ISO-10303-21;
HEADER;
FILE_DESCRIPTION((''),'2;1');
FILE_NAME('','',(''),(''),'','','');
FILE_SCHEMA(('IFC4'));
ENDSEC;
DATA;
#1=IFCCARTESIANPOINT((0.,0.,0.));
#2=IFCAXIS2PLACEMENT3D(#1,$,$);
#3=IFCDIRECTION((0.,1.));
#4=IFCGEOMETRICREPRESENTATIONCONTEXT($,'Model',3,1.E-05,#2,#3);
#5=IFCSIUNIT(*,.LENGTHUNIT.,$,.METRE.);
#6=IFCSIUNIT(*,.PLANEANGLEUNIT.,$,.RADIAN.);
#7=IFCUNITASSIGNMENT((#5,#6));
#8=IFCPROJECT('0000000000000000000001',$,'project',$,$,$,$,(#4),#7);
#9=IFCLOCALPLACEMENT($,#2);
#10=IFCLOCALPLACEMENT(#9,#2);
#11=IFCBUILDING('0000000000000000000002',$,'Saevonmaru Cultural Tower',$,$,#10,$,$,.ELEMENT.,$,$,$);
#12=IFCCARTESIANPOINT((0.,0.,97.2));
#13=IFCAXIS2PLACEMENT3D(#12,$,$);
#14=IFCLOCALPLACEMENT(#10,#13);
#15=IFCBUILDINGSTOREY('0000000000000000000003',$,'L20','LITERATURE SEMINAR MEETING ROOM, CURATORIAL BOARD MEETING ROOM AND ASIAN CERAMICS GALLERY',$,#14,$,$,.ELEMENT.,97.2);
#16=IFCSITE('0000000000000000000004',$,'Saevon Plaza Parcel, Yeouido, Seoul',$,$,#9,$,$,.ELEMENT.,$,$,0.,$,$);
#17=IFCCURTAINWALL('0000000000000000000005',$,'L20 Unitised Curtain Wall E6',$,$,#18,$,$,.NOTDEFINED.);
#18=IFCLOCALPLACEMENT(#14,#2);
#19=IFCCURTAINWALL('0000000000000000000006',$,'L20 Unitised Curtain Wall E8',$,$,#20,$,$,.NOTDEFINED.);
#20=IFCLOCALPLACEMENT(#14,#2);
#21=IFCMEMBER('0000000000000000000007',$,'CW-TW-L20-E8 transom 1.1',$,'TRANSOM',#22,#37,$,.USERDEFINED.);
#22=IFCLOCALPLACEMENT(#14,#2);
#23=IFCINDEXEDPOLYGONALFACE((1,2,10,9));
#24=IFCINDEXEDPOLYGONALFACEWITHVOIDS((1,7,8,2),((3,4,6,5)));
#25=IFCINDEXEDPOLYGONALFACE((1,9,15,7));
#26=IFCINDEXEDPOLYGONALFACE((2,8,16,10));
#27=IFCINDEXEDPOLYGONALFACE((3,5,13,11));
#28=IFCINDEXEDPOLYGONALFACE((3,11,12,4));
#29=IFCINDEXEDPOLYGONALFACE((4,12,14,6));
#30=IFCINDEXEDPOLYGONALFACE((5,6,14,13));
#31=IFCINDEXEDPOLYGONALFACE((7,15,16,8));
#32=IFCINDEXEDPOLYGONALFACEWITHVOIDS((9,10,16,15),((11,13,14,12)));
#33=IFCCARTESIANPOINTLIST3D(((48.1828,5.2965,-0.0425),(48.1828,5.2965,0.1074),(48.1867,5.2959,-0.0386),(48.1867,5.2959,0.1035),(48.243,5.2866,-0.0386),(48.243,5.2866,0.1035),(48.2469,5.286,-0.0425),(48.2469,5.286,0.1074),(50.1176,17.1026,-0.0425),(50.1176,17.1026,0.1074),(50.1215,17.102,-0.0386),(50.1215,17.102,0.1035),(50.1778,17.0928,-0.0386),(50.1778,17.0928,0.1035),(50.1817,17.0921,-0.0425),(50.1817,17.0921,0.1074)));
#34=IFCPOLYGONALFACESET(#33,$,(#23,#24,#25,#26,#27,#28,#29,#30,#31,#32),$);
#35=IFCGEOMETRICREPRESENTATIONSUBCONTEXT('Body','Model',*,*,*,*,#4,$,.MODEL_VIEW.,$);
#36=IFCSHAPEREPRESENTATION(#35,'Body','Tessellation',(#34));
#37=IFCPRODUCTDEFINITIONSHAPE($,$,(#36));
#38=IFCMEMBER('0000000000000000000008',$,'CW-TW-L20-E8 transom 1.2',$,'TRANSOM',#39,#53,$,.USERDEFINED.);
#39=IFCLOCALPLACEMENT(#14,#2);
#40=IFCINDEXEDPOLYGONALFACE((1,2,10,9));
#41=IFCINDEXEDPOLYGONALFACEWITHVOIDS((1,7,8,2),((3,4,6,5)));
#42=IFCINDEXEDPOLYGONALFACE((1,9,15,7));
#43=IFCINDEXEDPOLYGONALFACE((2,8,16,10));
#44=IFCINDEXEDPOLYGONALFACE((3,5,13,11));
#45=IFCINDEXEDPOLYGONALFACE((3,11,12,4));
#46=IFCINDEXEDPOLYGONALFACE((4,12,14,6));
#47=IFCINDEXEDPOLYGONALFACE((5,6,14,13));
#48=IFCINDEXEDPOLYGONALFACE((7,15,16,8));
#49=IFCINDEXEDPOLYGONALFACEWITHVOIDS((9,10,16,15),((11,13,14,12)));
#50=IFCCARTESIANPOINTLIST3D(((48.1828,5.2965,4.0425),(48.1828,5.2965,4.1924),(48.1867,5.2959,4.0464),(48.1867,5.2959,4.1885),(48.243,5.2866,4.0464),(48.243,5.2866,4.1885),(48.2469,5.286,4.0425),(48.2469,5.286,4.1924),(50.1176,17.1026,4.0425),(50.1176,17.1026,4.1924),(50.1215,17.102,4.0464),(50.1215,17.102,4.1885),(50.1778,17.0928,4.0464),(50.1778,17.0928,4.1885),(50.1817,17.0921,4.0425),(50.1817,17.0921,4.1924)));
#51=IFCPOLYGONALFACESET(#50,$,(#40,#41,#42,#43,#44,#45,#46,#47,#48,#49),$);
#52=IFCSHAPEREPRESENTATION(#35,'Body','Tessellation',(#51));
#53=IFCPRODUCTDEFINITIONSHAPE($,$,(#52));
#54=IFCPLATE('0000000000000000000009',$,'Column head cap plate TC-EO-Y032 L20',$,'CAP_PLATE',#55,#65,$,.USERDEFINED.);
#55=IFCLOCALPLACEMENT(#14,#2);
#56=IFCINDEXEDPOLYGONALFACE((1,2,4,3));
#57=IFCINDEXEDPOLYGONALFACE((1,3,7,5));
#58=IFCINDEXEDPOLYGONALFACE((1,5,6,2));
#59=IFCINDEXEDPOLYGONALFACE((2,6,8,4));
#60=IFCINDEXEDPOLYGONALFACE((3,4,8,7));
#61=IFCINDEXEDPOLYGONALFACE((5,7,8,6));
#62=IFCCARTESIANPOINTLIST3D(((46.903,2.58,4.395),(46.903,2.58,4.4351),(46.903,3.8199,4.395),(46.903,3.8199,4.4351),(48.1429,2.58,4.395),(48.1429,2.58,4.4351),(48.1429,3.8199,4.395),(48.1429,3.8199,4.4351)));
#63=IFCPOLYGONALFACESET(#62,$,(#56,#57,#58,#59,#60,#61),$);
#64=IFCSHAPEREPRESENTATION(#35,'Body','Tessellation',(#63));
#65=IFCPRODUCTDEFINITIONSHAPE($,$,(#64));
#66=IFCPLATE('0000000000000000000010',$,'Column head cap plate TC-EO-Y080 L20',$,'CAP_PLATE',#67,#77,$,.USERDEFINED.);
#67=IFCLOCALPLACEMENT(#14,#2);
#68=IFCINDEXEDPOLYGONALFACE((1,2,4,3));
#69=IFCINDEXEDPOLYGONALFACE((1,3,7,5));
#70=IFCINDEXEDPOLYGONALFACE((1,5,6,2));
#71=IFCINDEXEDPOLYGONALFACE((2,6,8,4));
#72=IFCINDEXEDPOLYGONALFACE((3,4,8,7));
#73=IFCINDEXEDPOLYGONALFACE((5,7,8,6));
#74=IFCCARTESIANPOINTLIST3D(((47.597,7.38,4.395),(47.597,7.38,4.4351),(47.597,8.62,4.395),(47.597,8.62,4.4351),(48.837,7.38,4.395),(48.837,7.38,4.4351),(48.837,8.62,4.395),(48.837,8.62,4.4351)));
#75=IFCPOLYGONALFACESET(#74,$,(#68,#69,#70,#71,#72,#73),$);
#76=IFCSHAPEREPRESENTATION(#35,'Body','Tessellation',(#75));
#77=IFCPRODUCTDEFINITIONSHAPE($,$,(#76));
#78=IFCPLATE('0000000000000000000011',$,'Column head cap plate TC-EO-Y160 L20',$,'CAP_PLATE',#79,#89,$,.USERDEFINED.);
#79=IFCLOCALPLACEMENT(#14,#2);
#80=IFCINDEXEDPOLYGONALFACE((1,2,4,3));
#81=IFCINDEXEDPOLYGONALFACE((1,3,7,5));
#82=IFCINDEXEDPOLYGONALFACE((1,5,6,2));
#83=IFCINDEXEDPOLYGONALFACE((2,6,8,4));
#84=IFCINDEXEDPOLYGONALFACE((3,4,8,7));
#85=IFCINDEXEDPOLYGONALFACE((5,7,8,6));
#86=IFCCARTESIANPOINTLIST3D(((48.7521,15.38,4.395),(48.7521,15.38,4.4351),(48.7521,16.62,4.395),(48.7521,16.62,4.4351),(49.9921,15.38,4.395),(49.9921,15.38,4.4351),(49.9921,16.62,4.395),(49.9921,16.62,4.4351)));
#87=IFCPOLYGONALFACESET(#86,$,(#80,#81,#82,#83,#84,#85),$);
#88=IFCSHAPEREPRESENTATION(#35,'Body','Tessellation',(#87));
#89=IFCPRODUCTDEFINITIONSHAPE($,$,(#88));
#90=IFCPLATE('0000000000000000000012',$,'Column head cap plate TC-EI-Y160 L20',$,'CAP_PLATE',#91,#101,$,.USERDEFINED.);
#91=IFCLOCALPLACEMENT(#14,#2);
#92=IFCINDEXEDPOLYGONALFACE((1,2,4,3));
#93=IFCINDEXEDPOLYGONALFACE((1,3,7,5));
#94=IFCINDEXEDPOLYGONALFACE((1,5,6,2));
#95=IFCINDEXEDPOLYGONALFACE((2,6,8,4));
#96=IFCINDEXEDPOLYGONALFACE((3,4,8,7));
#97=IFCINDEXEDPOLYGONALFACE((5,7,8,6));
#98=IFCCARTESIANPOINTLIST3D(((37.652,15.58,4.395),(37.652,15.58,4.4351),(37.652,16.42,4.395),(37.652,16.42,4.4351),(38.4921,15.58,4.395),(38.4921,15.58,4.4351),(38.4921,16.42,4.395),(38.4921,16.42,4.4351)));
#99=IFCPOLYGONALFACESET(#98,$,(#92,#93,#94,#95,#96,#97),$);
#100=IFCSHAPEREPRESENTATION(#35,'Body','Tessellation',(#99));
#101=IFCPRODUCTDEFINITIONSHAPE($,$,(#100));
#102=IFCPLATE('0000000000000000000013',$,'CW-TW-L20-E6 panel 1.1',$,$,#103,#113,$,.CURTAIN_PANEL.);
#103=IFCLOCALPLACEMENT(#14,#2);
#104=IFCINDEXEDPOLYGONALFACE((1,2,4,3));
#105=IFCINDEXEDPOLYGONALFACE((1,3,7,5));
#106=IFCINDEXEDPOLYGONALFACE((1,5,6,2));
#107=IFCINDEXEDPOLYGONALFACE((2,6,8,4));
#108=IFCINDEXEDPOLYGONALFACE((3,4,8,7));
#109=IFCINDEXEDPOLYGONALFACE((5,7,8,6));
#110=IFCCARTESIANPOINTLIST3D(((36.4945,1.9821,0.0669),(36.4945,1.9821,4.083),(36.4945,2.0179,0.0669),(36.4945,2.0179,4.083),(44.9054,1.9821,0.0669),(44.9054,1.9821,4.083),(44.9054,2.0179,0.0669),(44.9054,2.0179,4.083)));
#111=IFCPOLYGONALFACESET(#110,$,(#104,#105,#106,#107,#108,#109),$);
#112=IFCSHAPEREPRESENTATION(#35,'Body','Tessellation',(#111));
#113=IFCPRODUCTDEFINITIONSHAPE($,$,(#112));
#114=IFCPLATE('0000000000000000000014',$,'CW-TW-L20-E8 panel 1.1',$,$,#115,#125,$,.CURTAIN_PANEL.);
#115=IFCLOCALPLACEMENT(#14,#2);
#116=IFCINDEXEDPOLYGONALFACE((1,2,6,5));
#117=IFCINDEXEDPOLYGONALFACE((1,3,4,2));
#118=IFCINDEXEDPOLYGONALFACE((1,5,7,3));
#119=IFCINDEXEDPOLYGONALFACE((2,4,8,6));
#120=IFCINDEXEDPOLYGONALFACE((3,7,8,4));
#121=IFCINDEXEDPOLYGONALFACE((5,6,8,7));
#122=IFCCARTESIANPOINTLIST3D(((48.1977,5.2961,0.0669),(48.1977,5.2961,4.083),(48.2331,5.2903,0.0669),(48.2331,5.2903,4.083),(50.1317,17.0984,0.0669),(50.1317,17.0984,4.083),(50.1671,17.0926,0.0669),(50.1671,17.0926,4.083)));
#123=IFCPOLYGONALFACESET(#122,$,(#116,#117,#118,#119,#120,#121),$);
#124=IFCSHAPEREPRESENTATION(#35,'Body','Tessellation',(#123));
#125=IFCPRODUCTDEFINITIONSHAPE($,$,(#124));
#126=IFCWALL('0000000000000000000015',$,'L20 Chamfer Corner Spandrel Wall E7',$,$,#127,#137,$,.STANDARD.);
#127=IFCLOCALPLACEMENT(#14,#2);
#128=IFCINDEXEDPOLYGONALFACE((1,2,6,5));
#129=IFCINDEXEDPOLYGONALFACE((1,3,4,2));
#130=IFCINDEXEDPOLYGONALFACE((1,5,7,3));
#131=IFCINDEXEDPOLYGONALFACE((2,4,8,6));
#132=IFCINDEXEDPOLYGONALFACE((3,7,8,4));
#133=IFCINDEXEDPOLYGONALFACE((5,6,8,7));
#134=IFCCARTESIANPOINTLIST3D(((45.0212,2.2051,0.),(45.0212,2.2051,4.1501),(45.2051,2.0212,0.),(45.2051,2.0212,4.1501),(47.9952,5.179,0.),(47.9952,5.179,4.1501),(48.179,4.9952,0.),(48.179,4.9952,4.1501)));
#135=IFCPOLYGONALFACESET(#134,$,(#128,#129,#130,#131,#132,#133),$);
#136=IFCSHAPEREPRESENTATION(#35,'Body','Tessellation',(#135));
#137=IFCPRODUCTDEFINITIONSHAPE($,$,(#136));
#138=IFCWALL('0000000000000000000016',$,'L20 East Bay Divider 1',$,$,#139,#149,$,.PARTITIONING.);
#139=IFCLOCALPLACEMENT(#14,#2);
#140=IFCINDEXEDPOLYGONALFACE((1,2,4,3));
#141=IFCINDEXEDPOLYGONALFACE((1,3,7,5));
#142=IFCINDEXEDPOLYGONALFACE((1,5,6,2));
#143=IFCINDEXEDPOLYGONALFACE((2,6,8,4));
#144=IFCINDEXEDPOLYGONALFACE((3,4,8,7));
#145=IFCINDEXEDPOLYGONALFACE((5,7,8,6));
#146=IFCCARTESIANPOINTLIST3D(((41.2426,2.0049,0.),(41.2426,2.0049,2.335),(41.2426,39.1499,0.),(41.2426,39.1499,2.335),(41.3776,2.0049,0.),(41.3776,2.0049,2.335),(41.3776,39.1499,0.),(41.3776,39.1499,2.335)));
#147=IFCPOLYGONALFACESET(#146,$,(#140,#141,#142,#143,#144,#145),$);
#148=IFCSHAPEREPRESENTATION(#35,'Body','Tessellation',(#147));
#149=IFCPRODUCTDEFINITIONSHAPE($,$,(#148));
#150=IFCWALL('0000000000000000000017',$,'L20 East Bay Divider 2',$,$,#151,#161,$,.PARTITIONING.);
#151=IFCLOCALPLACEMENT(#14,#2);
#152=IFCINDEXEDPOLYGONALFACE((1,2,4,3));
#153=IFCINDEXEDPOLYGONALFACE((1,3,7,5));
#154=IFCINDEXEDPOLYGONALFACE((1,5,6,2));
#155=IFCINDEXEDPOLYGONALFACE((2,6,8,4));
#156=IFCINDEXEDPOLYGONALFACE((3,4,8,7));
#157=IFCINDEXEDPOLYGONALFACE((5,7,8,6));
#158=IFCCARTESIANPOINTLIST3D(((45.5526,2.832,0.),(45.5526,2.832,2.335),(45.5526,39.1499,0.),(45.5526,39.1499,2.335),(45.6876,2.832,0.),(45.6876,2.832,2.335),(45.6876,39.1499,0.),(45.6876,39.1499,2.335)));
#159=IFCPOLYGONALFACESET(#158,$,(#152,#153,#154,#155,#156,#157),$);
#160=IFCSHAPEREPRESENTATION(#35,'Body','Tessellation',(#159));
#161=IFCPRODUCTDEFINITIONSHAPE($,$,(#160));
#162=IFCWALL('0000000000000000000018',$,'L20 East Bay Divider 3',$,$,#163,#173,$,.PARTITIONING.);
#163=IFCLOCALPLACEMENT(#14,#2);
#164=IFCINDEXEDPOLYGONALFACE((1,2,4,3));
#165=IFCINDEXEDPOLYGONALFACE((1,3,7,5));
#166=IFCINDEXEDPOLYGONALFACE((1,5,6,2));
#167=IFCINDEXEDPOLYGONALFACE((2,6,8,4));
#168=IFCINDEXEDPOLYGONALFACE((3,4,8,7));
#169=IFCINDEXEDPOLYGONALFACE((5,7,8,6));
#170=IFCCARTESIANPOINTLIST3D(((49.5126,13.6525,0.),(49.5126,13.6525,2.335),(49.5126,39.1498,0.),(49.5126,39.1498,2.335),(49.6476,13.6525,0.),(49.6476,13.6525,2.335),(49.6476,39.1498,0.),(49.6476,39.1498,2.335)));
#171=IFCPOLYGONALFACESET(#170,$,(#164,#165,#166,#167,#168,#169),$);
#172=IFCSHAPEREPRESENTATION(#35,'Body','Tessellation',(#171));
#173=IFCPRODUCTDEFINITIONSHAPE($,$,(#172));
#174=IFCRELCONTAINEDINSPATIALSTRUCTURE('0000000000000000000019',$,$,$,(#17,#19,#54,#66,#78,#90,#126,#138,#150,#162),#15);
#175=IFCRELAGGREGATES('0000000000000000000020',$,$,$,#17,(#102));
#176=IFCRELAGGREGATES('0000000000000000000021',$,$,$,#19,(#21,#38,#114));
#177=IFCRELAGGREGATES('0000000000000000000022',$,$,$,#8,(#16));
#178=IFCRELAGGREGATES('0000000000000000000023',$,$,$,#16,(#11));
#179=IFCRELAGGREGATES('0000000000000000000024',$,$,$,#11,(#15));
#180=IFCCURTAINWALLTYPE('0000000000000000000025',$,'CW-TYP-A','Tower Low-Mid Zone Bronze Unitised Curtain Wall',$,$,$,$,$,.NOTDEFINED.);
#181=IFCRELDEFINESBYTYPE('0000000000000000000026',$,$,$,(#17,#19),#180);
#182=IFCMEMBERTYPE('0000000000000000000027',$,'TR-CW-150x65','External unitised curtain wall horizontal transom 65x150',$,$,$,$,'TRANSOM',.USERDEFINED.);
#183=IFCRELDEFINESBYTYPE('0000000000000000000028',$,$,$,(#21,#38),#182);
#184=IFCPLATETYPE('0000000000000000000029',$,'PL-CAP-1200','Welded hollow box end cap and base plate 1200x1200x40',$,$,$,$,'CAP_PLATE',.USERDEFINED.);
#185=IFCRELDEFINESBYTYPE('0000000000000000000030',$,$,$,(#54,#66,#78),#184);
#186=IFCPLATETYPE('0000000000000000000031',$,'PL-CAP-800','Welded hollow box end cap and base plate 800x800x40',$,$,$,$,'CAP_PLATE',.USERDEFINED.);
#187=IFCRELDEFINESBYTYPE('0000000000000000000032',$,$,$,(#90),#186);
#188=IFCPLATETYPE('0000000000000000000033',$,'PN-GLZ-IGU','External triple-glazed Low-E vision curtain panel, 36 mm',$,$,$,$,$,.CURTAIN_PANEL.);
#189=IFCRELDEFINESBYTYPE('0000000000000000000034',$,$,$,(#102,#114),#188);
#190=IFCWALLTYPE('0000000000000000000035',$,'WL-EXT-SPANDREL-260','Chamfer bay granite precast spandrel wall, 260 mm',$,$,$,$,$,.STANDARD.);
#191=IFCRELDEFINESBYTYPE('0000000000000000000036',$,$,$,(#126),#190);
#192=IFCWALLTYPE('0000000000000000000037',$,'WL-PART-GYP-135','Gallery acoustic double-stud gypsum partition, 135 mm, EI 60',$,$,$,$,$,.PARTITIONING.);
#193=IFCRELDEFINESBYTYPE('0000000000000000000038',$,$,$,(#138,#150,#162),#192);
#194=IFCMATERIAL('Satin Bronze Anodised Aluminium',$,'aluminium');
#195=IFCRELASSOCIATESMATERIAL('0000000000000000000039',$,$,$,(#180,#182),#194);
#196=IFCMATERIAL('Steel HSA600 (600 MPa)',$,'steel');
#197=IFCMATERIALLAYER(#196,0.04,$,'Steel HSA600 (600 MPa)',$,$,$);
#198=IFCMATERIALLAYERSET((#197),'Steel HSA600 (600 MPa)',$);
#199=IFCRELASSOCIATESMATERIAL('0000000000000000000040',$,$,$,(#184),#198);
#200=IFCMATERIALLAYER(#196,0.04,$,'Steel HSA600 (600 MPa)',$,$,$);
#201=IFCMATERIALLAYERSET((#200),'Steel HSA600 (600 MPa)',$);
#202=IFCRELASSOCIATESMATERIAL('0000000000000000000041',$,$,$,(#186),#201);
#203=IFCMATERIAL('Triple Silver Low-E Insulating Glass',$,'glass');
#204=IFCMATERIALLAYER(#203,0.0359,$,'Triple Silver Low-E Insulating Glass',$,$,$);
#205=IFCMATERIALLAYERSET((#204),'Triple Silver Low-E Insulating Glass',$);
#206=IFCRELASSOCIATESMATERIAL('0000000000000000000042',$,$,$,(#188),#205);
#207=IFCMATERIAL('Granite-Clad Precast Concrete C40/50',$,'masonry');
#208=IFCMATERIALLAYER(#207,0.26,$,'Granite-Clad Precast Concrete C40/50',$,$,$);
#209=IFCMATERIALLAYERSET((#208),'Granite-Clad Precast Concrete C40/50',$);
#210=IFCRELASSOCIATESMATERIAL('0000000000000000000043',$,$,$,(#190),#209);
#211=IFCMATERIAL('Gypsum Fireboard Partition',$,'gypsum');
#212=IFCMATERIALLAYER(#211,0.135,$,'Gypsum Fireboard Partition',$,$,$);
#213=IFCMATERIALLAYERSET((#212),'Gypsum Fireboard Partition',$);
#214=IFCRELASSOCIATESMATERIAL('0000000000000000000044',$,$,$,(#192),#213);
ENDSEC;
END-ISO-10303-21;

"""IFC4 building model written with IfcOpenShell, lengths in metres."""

from ifc_helpers import new_model, si_unit, direction, frame, frame_2d, origin, origin_2d, place, context, subcontext, project, spatial, rectangle, hollow_rectangle, extrude, material, layer, layer_set, material_profile, profile_set, type_object, element, aggregate, save


model = new_model("IFC4")

# Units and contexts
model_context = context("Model", 3, precision=1e-05, world=origin(), true_north=direction((0.0, 1.0)))
body_context = subcontext(model_context, "Body", "Model", "MODEL_VIEW")
ifc_project = project(units=[si_unit("LENGTHUNIT", "METRE"), si_unit("PLANEANGLEUNIT", "RADIAN")], contexts=[model_context])

# Site, building, storey
site_placement = place(None, origin())
site = spatial("IfcSite", under=ifc_project, at=site_placement, Name="Saevon Plaza Parcel, Yeouido, Seoul", CompositionType="ELEMENT", RefElevation=0.0)
building_placement = place(site_placement, origin())
building = spatial("IfcBuilding", under=site, at=building_placement, Name="Saevonmaru Cultural Tower", CompositionType="ELEMENT")
storey_placement = place(building_placement, frame((0.0, 0.0, 97.2)))
storey = spatial("IfcBuildingStorey", under=building, at=storey_placement, Name="L20", Description="LITERATURE SEMINAR MEETING ROOM, CURATORIAL BOARD MEETING ROOM AND ASIAN CERAMICS GALLERY", CompositionType="ELEMENT", Elevation=97.2)

# Shared definitions
ifc_material_1 = material(Name="Steel HSA600 (600 MPa)", Category="steel")

# Curtain wall
ifc_material_2 = material(Name="Satin Bronze Anodised Aluminium", Category="aluminium")
curtain_wall_type = type_object("IfcCurtainWallType", Name="CW-TYP-A", Description="Tower Low-Mid Zone Bronze Unitised Curtain Wall", PredefinedType="NOTDEFINED", material=ifc_material_2)
curtain_wall_1_placement = place(storey_placement, origin())
curtain_wall_1 = element("IfcCurtainWall", 1, at=curtain_wall_1_placement, inside=storey, type_object=curtain_wall_type, Name="L20 Unitised Curtain Wall E6", PredefinedType="NOTDEFINED")

# Curtain wall, members
curtain_wall_2_placement = place(storey_placement, origin())
curtain_wall_2 = element("IfcCurtainWall", 2, at=curtain_wall_2_placement, inside=storey, type_object=curtain_wall_type, Name="L20 Unitised Curtain Wall E8", PredefinedType="NOTDEFINED")
ifc_material_profile_1 = material_profile(ifc_material_2, hollow_rectangle(XDim=0.0649, YDim=0.1499, WallThickness=0.0039, at=origin_2d()), Name="ALU-TRAN-150x65x4")
ifc_profile_set_1 = profile_set([ifc_material_profile_1], Name="Satin Bronze Anodised Aluminium")
member_type_1 = type_object("IfcMemberType", Name="TR-CW-150x65", Description="External unitised curtain wall horizontal transom 65x150", ElementType="TRANSOM", PredefinedType="USERDEFINED", material=ifc_profile_set_1)
member_1_placement = place(storey_placement, frame((48.2148, 5.2913, 0.0325), z_axis=(0.161725, 0.986836, 0.0), x_axis=(-0.986836, 0.161725, 0.0)))
member_1 = element("IfcMember", 3, at=member_1_placement, type_object=member_type_1, Name="CW-TW-L20-E8 transom 1.1", ObjectType="TRANSOM", PredefinedType="USERDEFINED", context=body_context, shape_type="SweptSolid", body=[
    extrude(hollow_rectangle(XDim=0.0649, YDim=0.1499, WallThickness=0.0039, at=origin_2d()), origin(), (0.0, 0.0, 1.0), 11.9636),
])
member_2_placement = place(storey_placement, frame((48.2148, 5.2913, 4.1174), z_axis=(0.161725, 0.986836, 0.0), x_axis=(-0.986836, 0.161725, 0.0)))
member_2 = element("IfcMember", 4, at=member_2_placement, type_object=member_type_1, Name="CW-TW-L20-E8 transom 1.2", ObjectType="TRANSOM", PredefinedType="USERDEFINED", context=body_context, shape_type="SweptSolid", body=[
    extrude(hollow_rectangle(XDim=0.0649, YDim=0.1499, WallThickness=0.0039, at=origin_2d()), origin(), (0.0, 0.0, 1.0), 11.9636),
])

# Plates
ifc_layer_1 = layer(ifc_material_1, 0.04, Name="Steel HSA600 (600 MPa)")
ifc_layer_set_1 = layer_set([ifc_layer_1], Name="Steel HSA600 (600 MPa)")
plate_type_1 = type_object("IfcPlateType", Name="PL-CAP-1200", Description="Welded hollow box end cap and base plate 1200x1200x40", ElementType="CAP_PLATE", PredefinedType="USERDEFINED", material=ifc_layer_set_1)
for number, where, z_axis, x_axis, name in (
    (5, (47.5229, 3.2, 4.395), (0.0, 0.0, 1.0), (1.0, 0.0, 0.0), "Column head cap plate TC-EO-Y032 L20"),
    (6, (48.217, 8.0, 4.395), (0.0, 0.0, 1.0), (1.0, 0.0, 0.0), "Column head cap plate TC-EO-Y080 L20"),
    (7, (49.3721, 16.0, 4.395), (0.0, 0.0, 1.0), (1.0, 0.0, 0.0), "Column head cap plate TC-EO-Y160 L20"),
):
    element("IfcPlate", number, at=place(storey_placement, frame(where, z_axis=z_axis, x_axis=x_axis)), inside=storey, type_object=plate_type_1, Name=name, ObjectType="CAP_PLATE", PredefinedType="USERDEFINED", context=body_context, shape_type="SweptSolid", body=[
        extrude(rectangle(XDim=1.24, YDim=1.24, at=origin_2d()), origin(), (0.0, 0.0, 1.0), 0.04),
    ])
ifc_layer_2 = layer(ifc_material_1, 0.04, Name="Steel HSA600 (600 MPa)")
ifc_layer_set_2 = layer_set([ifc_layer_2], Name="Steel HSA600 (600 MPa)")
plate_type_2 = type_object("IfcPlateType", Name="PL-CAP-800", Description="Welded hollow box end cap and base plate 800x800x40", ElementType="CAP_PLATE", PredefinedType="USERDEFINED", material=ifc_layer_set_2)
plate_1_placement = place(storey_placement, frame((38.072, 16.0, 4.395), z_axis=(0.0, 0.0, 1.0), x_axis=(1.0, 0.0, 0.0)))
element("IfcPlate", 8, at=plate_1_placement, inside=storey, type_object=plate_type_2, Name="Column head cap plate TC-EI-Y160 L20", ObjectType="CAP_PLATE", PredefinedType="USERDEFINED", context=body_context, shape_type="SweptSolid", body=[
    extrude(rectangle(XDim=0.8401, YDim=0.8401, at=origin_2d()), origin(), (0.0, 0.0, 1.0), 0.04),
])

# Plates
ifc_material_3 = material(Name="Triple Silver Low-E Insulating Glass", Category="glass")
ifc_layer_3 = layer(ifc_material_3, 0.0359, Name="Triple Silver Low-E Insulating Glass")
ifc_layer_set_3 = layer_set([ifc_layer_3], Name="Triple Silver Low-E Insulating Glass")
plate_type_3 = type_object("IfcPlateType", Name="PN-GLZ-IGU", Description="External triple-glazed Low-E vision curtain panel, 36 mm", PredefinedType="CURTAIN_PANEL", material=ifc_layer_set_3)
plate_2_placement = place(storey_placement, frame((40.7, 2.0, 0.0669), z_axis=(0.0, 0.0, 1.0), x_axis=(1.0, 0.0, 0.0)))
plate_2 = element("IfcPlate", 9, at=plate_2_placement, type_object=plate_type_3, Name="CW-TW-L20-E6 panel 1.1", PredefinedType="CURTAIN_PANEL", context=body_context, shape_type="SweptSolid", body=[
    extrude(rectangle(XDim=8.4109, YDim=0.0359, at=origin_2d()), origin(), (0.0, 0.0, 1.0), 4.0161),
])
aggregate(curtain_wall_1, [plate_2])
plate_3_placement = place(storey_placement, frame((49.1824, 11.1943, 0.0669), z_axis=(0.0, 0.0, 1.0), x_axis=(0.161709, 0.986839, 0.0)))
plate_3 = element("IfcPlate", 10, at=plate_3_placement, type_object=plate_type_3, Name="CW-TW-L20-E8 panel 1.1", PredefinedType="CURTAIN_PANEL", context=body_context, shape_type="SweptSolid", body=[
    extrude(rectangle(XDim=11.9597, YDim=0.0359, at=origin_2d()), origin(), (0.0, 0.0, 1.0), 4.0161),
])
aggregate(curtain_wall_2, [member_1, member_2, plate_3])

# Walls
ifc_material_4 = material(Name="Granite-Clad Precast Concrete C40/50", Category="masonry")
ifc_layer_4 = layer(ifc_material_4, 0.26, Name="Granite-Clad Precast Concrete C40/50")
ifc_layer_set_4 = layer_set([ifc_layer_4], Name="Granite-Clad Precast Concrete C40/50")
wall_type_1 = type_object("IfcWallType", Name="WL-EXT-SPANDREL-260", Description="Chamfer bay granite precast spandrel wall, 260 mm", PredefinedType="STANDARD", material=ifc_layer_set_4)
wall_1_placement = place(storey_placement, frame((45.113, 2.113, 0.0), z_axis=(0.0, 0.0, 1.0), x_axis=(0.707107, 0.707107, 0.0)))
element("IfcWall", 11, at=wall_1_placement, inside=storey, type_object=wall_type_1, Name="L20 Chamfer Corner Spandrel Wall E7", PredefinedType="STANDARD", context=body_context, shape_type="SweptSolid", body=[
    extrude(rectangle(XDim=4.2058, YDim=0.26, at=frame_2d((2.103, 0.0))), origin(), (0.0, 0.0, 1.0), 4.1501),
])
ifc_material_5 = material(Name="Gypsum Fireboard Partition", Category="gypsum")
ifc_layer_5 = layer(ifc_material_5, 0.135, Name="Gypsum Fireboard Partition")
ifc_layer_set_5 = layer_set([ifc_layer_5], Name="Gypsum Fireboard Partition")
wall_type_2 = type_object("IfcWallType", Name="WL-PART-GYP-135", Description="Gallery acoustic double-stud gypsum partition, 135 mm, EI 60", PredefinedType="PARTITIONING", material=ifc_layer_set_5)
wall_2_placement = place(storey_placement, frame((41.3101, 2.0049, 0.0), z_axis=(0.0, 0.0, 1.0), x_axis=(0.0, 1.0, 0.0)))
element("IfcWall", 12, at=wall_2_placement, inside=storey, type_object=wall_type_2, Name="L20 East Bay Divider 1", PredefinedType="PARTITIONING", context=body_context, shape_type="SweptSolid", body=[
    extrude(rectangle(XDim=37.145, YDim=0.135, at=frame_2d((18.5725, 0.0))), origin(), (0.0, 0.0, 1.0), 2.335),
])
wall_3_placement = place(storey_placement, frame((45.6201, 2.832, 0.0), z_axis=(0.0, 0.0, 1.0), x_axis=(0.0, 1.0, 0.0)))
element("IfcWall", 13, at=wall_3_placement, inside=storey, type_object=wall_type_2, Name="L20 East Bay Divider 2", PredefinedType="PARTITIONING", context=body_context, shape_type="SweptSolid", body=[
    extrude(rectangle(XDim=36.3179, YDim=0.135, at=frame_2d((18.1589, 0.0))), origin(), (0.0, 0.0, 1.0), 2.335),
])
wall_4_placement = place(storey_placement, frame((49.5801, 13.6526, 0.0), z_axis=(0.0, 0.0, 1.0), x_axis=(0.0, 1.0, 0.0)))
element("IfcWall", 14, at=wall_4_placement, inside=storey, type_object=wall_type_2, Name="L20 East Bay Divider 3", PredefinedType="PARTITIONING", context=body_context, shape_type="SweptSolid", body=[
    extrude(rectangle(XDim=25.4973, YDim=0.135, at=frame_2d((12.7485, 0.0))), origin(), (0.0, 0.0, 1.0), 2.335),
])

save(model, "model.ifc")
